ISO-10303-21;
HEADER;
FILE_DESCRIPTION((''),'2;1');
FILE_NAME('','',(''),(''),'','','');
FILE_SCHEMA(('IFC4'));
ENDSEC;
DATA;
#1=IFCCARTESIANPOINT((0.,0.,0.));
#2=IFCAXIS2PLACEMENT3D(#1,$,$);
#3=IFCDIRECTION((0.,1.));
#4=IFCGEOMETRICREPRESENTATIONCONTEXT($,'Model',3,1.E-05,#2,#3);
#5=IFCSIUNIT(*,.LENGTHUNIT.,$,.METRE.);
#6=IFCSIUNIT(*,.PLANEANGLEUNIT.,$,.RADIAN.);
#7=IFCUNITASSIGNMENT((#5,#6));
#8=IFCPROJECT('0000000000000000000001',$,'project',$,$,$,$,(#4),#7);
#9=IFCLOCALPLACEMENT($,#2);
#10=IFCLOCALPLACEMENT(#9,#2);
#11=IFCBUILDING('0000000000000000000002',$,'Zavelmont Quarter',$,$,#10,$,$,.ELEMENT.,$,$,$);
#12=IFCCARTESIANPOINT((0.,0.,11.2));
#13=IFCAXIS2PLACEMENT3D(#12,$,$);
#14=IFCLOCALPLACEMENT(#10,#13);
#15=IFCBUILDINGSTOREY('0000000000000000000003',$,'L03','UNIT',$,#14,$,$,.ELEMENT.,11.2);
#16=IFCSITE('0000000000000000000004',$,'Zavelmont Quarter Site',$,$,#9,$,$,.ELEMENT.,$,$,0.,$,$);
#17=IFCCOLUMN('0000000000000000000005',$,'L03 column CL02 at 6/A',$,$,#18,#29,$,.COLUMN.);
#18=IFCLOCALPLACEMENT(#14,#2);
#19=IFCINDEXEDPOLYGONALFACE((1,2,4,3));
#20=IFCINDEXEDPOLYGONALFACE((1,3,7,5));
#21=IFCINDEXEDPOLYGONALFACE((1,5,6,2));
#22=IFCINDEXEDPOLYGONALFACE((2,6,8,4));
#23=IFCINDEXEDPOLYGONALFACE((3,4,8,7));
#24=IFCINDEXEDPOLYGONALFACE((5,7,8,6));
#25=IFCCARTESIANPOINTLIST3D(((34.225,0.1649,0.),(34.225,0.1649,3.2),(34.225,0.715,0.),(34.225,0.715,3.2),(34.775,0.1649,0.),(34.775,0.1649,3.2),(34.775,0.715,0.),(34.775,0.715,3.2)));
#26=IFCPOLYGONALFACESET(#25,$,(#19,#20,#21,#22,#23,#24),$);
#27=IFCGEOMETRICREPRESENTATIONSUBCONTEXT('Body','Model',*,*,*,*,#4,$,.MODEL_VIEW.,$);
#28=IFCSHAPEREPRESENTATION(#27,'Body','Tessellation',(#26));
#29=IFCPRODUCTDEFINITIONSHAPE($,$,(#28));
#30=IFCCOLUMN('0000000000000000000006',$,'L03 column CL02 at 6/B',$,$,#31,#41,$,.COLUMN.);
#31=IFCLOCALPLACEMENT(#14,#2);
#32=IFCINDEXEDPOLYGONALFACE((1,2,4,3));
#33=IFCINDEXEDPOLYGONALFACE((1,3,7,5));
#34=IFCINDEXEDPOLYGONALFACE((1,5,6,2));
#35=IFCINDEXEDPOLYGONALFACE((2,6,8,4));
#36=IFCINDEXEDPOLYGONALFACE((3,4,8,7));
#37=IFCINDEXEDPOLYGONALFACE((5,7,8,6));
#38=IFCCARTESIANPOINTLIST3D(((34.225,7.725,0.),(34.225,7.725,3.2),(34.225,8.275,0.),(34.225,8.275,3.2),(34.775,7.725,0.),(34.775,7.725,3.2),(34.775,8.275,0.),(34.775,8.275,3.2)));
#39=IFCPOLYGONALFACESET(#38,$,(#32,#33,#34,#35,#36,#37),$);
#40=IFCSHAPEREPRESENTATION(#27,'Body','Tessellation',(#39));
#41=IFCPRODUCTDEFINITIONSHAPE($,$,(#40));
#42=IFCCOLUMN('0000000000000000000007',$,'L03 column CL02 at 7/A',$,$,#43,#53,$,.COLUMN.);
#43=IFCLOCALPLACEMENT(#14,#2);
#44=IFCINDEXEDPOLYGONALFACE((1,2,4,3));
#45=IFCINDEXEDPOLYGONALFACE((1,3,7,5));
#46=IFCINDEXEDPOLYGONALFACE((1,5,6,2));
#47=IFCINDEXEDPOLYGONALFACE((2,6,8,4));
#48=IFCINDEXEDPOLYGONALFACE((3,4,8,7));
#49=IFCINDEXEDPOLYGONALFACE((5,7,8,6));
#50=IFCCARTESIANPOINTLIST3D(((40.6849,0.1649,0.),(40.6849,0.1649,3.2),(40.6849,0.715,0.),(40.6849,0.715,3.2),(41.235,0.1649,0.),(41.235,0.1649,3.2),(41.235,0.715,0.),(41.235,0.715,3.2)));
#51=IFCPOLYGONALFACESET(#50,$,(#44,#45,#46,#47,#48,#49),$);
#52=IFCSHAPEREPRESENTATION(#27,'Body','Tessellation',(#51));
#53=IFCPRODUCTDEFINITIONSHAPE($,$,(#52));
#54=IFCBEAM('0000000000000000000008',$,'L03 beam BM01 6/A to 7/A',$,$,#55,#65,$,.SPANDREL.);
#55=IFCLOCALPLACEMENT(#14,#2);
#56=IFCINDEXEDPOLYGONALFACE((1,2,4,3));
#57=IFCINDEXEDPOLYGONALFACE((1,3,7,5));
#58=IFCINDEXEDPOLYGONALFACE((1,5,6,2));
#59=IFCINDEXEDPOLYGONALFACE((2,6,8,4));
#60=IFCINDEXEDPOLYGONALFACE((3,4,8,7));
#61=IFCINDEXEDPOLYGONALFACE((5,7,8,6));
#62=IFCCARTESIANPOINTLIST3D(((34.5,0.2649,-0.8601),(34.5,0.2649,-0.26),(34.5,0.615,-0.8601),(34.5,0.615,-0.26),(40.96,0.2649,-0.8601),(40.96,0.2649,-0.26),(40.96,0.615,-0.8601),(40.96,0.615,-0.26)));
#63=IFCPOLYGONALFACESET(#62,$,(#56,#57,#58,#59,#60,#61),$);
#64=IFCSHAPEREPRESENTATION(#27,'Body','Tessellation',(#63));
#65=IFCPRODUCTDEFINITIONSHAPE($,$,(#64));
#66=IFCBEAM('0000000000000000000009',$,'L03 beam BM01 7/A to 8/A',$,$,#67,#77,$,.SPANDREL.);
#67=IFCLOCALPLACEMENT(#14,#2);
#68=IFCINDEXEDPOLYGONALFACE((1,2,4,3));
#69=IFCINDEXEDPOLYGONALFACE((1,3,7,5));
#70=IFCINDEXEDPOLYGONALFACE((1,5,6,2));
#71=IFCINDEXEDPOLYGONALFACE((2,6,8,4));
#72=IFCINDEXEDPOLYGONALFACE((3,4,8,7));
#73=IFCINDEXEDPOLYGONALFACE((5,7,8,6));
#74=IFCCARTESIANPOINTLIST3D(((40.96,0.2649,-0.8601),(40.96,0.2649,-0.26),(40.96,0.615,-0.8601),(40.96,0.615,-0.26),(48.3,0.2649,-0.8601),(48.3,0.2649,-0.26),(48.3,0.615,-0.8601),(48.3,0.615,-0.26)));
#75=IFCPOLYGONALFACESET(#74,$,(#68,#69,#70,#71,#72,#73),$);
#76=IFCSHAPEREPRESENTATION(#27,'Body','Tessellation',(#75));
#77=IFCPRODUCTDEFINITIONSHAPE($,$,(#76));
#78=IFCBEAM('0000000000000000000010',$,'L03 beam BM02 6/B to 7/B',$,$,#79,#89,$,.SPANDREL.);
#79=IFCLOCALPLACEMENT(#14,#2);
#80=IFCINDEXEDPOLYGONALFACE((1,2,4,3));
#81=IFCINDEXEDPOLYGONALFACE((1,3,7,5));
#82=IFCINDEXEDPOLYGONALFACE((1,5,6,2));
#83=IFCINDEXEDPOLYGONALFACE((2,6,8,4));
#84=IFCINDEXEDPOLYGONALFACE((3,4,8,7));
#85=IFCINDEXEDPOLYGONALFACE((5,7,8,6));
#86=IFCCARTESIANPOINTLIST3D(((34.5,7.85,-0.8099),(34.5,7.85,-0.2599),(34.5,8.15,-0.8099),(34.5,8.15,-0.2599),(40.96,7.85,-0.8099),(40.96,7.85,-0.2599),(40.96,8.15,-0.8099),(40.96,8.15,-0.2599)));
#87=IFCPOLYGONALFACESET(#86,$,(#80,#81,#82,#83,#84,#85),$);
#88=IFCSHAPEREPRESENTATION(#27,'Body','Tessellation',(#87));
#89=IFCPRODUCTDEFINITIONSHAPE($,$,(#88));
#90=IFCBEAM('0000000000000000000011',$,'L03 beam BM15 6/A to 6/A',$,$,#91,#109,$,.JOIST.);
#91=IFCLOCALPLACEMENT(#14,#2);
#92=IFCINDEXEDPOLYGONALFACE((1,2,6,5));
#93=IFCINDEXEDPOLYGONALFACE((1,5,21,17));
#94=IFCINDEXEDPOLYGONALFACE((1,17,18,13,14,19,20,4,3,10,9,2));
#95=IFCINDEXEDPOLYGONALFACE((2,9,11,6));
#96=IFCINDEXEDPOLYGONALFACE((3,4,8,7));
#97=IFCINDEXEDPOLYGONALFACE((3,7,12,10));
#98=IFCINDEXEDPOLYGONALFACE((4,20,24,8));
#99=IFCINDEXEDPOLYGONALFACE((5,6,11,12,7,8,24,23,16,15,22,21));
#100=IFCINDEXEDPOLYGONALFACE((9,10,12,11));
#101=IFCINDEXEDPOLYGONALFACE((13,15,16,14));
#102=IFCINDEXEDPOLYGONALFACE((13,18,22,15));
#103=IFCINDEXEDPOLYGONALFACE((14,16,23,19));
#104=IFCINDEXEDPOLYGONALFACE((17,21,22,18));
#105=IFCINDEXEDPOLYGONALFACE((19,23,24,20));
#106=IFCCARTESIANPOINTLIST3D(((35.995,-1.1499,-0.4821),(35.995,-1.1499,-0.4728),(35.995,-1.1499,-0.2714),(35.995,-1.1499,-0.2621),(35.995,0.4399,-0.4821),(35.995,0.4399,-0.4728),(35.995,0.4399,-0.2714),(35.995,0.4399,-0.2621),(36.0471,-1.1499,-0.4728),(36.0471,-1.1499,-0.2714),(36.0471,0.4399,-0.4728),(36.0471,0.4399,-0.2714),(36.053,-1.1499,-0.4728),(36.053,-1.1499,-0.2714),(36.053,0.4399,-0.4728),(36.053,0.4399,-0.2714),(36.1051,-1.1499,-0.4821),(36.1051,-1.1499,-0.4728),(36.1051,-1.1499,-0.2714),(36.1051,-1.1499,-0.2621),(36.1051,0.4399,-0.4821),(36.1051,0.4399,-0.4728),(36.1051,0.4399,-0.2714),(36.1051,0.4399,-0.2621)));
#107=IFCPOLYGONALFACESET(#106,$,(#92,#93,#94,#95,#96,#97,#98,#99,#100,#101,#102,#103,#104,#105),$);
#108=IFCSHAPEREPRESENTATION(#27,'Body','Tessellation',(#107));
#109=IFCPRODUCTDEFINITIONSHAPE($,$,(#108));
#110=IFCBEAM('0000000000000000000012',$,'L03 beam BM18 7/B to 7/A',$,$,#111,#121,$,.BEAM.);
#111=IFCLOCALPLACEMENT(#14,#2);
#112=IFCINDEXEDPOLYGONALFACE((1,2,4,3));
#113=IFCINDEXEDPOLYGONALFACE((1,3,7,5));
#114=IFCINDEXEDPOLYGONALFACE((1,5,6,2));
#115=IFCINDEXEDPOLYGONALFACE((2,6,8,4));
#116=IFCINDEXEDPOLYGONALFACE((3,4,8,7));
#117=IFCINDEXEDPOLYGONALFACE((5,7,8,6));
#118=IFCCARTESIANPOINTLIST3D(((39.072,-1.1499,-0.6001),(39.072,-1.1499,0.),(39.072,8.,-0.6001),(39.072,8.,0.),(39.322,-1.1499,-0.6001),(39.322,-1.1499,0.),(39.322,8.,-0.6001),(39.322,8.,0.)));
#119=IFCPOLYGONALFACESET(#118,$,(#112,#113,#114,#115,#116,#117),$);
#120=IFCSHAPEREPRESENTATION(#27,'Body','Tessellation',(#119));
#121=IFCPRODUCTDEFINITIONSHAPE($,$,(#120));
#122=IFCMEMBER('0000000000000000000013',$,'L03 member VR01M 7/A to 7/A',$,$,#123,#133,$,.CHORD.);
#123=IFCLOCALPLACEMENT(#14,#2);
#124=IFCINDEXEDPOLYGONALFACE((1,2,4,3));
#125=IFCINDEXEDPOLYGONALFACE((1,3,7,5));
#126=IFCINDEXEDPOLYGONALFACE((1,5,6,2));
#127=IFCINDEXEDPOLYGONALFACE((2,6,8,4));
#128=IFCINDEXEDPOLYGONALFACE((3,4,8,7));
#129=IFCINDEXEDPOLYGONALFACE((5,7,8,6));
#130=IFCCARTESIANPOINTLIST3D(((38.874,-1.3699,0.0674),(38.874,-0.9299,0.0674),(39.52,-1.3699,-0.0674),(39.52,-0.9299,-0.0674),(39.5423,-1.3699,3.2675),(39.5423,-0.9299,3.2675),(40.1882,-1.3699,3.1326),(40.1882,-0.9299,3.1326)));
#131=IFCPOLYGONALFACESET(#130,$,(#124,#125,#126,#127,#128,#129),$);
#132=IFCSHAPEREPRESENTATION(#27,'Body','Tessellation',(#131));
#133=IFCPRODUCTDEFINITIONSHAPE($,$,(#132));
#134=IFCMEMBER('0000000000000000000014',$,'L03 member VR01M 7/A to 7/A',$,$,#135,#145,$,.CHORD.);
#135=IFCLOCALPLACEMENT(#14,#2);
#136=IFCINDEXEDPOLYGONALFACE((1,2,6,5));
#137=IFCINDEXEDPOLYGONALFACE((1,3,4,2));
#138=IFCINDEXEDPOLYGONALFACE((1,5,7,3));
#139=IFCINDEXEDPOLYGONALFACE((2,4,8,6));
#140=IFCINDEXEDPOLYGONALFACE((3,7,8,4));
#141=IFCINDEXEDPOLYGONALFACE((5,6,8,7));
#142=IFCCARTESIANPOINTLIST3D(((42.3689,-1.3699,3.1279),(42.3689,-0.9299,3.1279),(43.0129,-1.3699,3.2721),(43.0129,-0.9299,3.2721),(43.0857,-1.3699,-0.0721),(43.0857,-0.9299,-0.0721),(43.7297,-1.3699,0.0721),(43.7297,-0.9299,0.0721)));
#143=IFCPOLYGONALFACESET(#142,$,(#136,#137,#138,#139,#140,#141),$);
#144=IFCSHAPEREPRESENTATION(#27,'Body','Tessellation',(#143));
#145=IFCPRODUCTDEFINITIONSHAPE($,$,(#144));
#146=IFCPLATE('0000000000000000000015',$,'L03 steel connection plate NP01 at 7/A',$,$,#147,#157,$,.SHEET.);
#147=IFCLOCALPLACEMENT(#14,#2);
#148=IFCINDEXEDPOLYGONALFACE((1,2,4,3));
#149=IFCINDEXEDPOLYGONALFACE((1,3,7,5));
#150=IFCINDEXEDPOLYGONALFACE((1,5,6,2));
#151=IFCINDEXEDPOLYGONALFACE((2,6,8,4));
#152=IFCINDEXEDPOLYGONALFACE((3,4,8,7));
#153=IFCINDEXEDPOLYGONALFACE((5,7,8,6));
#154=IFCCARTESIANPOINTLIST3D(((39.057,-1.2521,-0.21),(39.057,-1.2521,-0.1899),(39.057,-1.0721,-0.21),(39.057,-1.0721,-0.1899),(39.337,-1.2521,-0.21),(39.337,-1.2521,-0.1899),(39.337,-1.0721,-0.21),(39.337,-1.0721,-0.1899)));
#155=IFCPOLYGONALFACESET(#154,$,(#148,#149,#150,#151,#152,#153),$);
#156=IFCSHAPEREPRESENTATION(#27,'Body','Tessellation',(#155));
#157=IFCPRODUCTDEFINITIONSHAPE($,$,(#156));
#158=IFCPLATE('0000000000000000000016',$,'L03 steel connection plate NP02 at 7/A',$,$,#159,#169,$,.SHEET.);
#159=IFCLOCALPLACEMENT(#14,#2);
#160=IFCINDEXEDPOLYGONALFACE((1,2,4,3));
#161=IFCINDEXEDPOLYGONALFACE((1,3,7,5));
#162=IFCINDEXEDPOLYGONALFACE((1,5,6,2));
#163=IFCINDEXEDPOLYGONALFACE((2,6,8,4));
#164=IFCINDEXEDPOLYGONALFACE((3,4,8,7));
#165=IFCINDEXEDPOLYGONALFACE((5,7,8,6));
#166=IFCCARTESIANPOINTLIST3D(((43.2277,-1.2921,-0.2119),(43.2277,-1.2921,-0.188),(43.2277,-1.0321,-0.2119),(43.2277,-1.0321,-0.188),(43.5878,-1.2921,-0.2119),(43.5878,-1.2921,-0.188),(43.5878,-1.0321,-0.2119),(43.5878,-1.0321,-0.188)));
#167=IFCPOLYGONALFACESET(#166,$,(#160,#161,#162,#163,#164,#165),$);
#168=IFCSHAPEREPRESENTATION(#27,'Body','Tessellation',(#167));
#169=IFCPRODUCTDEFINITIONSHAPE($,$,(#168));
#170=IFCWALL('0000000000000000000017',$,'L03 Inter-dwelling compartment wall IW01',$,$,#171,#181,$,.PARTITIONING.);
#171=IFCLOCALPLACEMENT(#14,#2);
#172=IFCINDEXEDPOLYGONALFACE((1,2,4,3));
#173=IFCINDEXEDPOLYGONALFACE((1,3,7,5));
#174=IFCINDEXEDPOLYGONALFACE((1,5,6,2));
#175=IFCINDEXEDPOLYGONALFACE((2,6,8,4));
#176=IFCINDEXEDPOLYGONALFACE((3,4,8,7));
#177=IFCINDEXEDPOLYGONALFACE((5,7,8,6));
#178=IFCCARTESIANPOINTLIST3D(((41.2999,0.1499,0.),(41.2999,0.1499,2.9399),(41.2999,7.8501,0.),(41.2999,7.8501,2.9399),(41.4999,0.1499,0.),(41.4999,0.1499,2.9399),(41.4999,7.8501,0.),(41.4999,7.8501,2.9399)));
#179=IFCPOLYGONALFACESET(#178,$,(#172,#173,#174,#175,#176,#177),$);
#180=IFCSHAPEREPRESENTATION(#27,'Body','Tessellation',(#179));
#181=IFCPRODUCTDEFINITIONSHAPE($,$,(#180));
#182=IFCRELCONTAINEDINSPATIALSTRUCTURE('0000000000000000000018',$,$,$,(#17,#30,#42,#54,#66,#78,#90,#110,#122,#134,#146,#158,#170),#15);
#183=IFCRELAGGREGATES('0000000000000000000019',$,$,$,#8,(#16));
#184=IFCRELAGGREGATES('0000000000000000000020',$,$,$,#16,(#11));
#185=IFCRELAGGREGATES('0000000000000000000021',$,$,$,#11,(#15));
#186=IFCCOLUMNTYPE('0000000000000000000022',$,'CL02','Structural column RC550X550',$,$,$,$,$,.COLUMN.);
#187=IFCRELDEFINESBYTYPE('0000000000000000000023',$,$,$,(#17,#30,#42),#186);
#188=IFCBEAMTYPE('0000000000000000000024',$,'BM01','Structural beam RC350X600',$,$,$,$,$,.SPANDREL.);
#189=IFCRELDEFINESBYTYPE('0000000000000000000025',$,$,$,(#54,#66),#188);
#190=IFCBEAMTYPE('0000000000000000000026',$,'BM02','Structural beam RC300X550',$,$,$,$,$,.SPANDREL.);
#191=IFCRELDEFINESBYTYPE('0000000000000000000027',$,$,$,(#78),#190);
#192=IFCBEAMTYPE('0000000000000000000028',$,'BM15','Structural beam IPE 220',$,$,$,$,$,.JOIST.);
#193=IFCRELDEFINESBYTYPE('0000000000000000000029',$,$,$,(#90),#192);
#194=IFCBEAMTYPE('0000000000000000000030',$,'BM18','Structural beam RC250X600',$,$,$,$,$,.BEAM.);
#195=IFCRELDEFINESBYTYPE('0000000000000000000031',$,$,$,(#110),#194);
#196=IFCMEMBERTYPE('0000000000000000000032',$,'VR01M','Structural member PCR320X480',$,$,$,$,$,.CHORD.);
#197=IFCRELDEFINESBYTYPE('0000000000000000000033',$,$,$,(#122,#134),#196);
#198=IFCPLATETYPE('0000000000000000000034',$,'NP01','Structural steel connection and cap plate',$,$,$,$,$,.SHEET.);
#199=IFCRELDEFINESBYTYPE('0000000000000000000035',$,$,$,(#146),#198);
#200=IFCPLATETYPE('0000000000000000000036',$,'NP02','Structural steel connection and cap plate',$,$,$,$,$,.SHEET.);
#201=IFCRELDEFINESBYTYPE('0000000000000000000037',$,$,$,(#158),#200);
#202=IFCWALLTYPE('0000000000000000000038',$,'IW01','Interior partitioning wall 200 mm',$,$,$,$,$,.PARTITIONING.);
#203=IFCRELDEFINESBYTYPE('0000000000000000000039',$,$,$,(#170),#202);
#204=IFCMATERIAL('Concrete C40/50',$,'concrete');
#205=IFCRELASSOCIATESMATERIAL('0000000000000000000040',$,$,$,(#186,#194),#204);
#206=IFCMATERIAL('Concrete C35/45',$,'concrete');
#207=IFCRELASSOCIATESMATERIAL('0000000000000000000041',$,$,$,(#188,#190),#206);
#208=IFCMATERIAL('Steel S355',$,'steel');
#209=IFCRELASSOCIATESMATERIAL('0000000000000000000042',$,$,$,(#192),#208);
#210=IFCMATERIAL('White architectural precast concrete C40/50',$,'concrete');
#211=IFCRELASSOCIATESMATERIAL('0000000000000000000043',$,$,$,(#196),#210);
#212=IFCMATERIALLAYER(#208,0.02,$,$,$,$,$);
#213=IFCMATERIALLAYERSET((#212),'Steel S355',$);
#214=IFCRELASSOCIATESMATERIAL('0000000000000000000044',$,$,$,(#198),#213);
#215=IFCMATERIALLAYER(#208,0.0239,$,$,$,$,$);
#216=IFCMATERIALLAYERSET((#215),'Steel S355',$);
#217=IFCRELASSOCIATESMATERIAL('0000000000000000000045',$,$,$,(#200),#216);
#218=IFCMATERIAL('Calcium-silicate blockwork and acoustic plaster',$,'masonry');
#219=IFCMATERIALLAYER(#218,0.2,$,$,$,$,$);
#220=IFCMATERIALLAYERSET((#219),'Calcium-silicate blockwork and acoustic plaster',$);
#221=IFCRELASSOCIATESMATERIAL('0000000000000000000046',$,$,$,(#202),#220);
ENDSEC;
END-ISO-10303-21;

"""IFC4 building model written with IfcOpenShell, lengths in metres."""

from ifc_helpers import new_model, si_unit, direction, frame, frame_2d, origin, origin_2d, place, context, subcontext, project, spatial, rectangle, i_section, extrude, material, layer, layer_set, material_profile, profile_set, type_object, element, save


model = new_model("IFC4")

# Units and contexts
model_context = context("Model", 3, precision=1e-05, world=origin(), true_north=direction((0.0, 1.0)))
body_context = subcontext(model_context, "Body", "Model", "MODEL_VIEW")
ifc_project = project(units=[si_unit("LENGTHUNIT", "METRE"), si_unit("PLANEANGLEUNIT", "RADIAN")], contexts=[model_context])

# Site, building, storey
site_placement = place(None, origin())
site = spatial("IfcSite", under=ifc_project, at=site_placement, Name="Zavelmont Quarter Site", CompositionType="ELEMENT", RefElevation=0.0)
building_placement = place(site_placement, origin())
building = spatial("IfcBuilding", under=site, at=building_placement, Name="Zavelmont Quarter", CompositionType="ELEMENT")
storey_placement = place(building_placement, frame((0.0, 0.0, 11.2)))
storey = spatial("IfcBuildingStorey", under=building, at=storey_placement, Name="L03", Description="UNIT", CompositionType="ELEMENT", Elevation=11.2)

# Columns
ifc_material_1 = material(Name="Concrete C40/50", Category="concrete")
ifc_material_profile_1 = material_profile(ifc_material_1, rectangle(XDim=0.55, YDim=0.55, at=origin_2d()), Name="RC550X550")
ifc_profile_set_1 = profile_set([ifc_material_profile_1], Name="Concrete C40/50")
column_type = type_object("IfcColumnType", Name="CL02", Description="Structural column RC550X550", PredefinedType="COLUMN", material=ifc_profile_set_1)
for number, where, z_axis, x_axis, name in (
    (1, (34.5, 0.4399, 0.0), (0.0, 0.0, 1.0), (1.0, 0.0, 0.0), "L03 column CL02 at 6/A"),
    (2, (34.5, 8.0, 0.0), (0.0, 0.0, 1.0), (1.0, 0.0, 0.0), "L03 column CL02 at 6/B"),
    (3, (40.96, 0.4399, 0.0), (0.0, 0.0, 1.0), (1.0, 0.0, 0.0), "L03 column CL02 at 7/A"),
):
    element("IfcColumn", number, at=place(storey_placement, frame(where, z_axis=z_axis, x_axis=x_axis)), inside=storey, type_object=column_type, Name=name, PredefinedType="COLUMN", context=body_context, shape_type="SweptSolid", body=[
        extrude(rectangle(XDim=0.55, YDim=0.55, at=origin_2d()), origin(), (0.0, 0.0, 1.0), 3.2),
    ])

# Beams
ifc_material_2 = material(Name="Concrete C35/45", Category="concrete")
ifc_material_profile_2 = material_profile(ifc_material_2, rectangle(XDim=0.3501, YDim=0.6001, at=origin_2d()), Name="RC350X600")
ifc_profile_set_2 = profile_set([ifc_material_profile_2], Name="Concrete C35/45")
beam_type_1 = type_object("IfcBeamType", Name="BM01", Description="Structural beam RC350X600", PredefinedType="SPANDREL", material=ifc_profile_set_2)
beam_1_placement = place(storey_placement, frame((34.5, 0.4399, -0.5601), z_axis=(1.0, 0.0, 0.0), x_axis=(0.0, 1.0, 0.0)))
element("IfcBeam", 4, at=beam_1_placement, inside=storey, type_object=beam_type_1, Name="L03 beam BM01 6/A to 7/A", PredefinedType="SPANDREL", context=body_context, shape_type="SweptSolid", body=[
    extrude(rectangle(XDim=0.3501, YDim=0.6001, at=origin_2d()), origin(), (0.0, 0.0, 1.0), 6.46),
])
beam_2_placement = place(storey_placement, frame((40.96, 0.4399, -0.5601), z_axis=(1.0, 0.0, 0.0), x_axis=(0.0, 1.0, 0.0)))
element("IfcBeam", 5, at=beam_2_placement, inside=storey, type_object=beam_type_1, Name="L03 beam BM01 7/A to 8/A", PredefinedType="SPANDREL", context=body_context, shape_type="SweptSolid", body=[
    extrude(rectangle(XDim=0.3501, YDim=0.6001, at=origin_2d()), origin(), (0.0, 0.0, 1.0), 7.3401),
])
ifc_material_profile_3 = material_profile(ifc_material_2, rectangle(XDim=0.3, YDim=0.55, at=origin_2d()), Name="RC300X550")
ifc_profile_set_3 = profile_set([ifc_material_profile_3], Name="Concrete C35/45")
beam_type_2 = type_object("IfcBeamType", Name="BM02", Description="Structural beam RC300X550", PredefinedType="SPANDREL", material=ifc_profile_set_3)
beam_3_placement = place(storey_placement, frame((34.5, 8.0, -0.5349), z_axis=(1.0, 0.0, 0.0), x_axis=(0.0, 1.0, 0.0)))
element("IfcBeam", 6, at=beam_3_placement, inside=storey, type_object=beam_type_2, Name="L03 beam BM02 6/B to 7/B", PredefinedType="SPANDREL", context=body_context, shape_type="SweptSolid", body=[
    extrude(rectangle(XDim=0.3, YDim=0.55, at=origin_2d()), origin(), (0.0, 0.0, 1.0), 6.46),
])
ifc_material_3 = material(Name="Steel S355", Category="steel")
ifc_material_profile_4 = material_profile(ifc_material_3, i_section(OverallWidth=0.1101, OverallDepth=0.22, WebThickness=0.0059, FlangeThickness=0.0093, at=origin_2d()), Name="IPE 220")
ifc_profile_set_4 = profile_set([ifc_material_profile_4], Name="Steel S355")
beam_type_3 = type_object("IfcBeamType", Name="BM15", Description="Structural beam IPE 220", PredefinedType="JOIST", material=ifc_profile_set_4)
beam_4_placement = place(storey_placement, frame((36.05, 0.4399, -0.3721), z_axis=(0.0, -1.0, 0.0), x_axis=(1.0, 0.0, 0.0)))
element("IfcBeam", 7, at=beam_4_placement, inside=storey, type_object=beam_type_3, Name="L03 beam BM15 6/A to 6/A", PredefinedType="JOIST", context=body_context, shape_type="SweptSolid", body=[
    extrude(i_section(OverallWidth=0.1101, OverallDepth=0.22, WebThickness=0.0059, FlangeThickness=0.0093, at=origin_2d()), origin(), (0.0, 0.0, 1.0), 1.5898),
])
ifc_material_profile_5 = material_profile(ifc_material_1, rectangle(XDim=0.25, YDim=0.6001, at=origin_2d()), Name="RC250X600")
ifc_profile_set_5 = profile_set([ifc_material_profile_5], Name="Concrete C40/50")
beam_type_4 = type_object("IfcBeamType", Name="BM18", Description="Structural beam RC250X600", PredefinedType="BEAM", material=ifc_profile_set_5)
beam_5_placement = place(storey_placement, frame((39.197, 8.0, -0.3), z_axis=(0.0, -1.0, 0.0), x_axis=(1.0, 0.0, 0.0)))
element("IfcBeam", 8, at=beam_5_placement, inside=storey, type_object=beam_type_4, Name="L03 beam BM18 7/B to 7/A", PredefinedType="BEAM", context=body_context, shape_type="SweptSolid", body=[
    extrude(rectangle(XDim=0.25, YDim=0.6001, at=origin_2d()), origin(), (0.0, 0.0, 1.0), 9.1499),
])

# Members
ifc_material_4 = material(Name="White architectural precast concrete C40/50", Category="concrete")
ifc_material_profile_6 = material_profile(ifc_material_4, rectangle(XDim=0.4399, YDim=0.6599, at=origin_2d()), Name="PCR320X480")
ifc_profile_set_6 = profile_set([ifc_material_profile_6], Name="White architectural precast concrete C40/50")
member_type = type_object("IfcMemberType", Name="VR01M", Description="Structural member PCR320X480", PredefinedType="CHORD", material=ifc_profile_set_6)
member_1_placement = place(storey_placement, frame((39.197, -1.1499, 0.0), z_axis=(0.204411, 0.0, 0.978885), x_axis=(0.0, 1.0, 0.0)))
element("IfcMember", 9, at=member_1_placement, inside=storey, type_object=member_type, Name="L03 member VR01M 7/A to 7/A", PredefinedType="CHORD", context=body_context, shape_type="SweptSolid", body=[
    extrude(rectangle(XDim=0.4399, YDim=0.6599, at=origin_2d()), origin(), (0.0, 0.0, 1.0), 3.269),
])
member_2_placement = place(storey_placement, frame((43.4077, -1.1499, 0.0), z_axis=(-0.218586, 0.0, 0.975818), x_axis=(0.0, -1.0, 0.0)))
element("IfcMember", 10, at=member_2_placement, inside=storey, type_object=member_type, Name="L03 member VR01M 7/A to 7/A", PredefinedType="CHORD", context=body_context, shape_type="SweptSolid", body=[
    extrude(rectangle(XDim=0.4399, YDim=0.6599, at=origin_2d()), origin(), (0.0, 0.0, 1.0), 3.2793),
])

# Plates
ifc_layer_1 = layer(ifc_material_3, 0.02)
ifc_layer_set_1 = layer_set([ifc_layer_1], Name="Steel S355")
plate_type_1 = type_object("IfcPlateType", Name="NP01", Description="Structural steel connection and cap plate", PredefinedType="SHEET", material=ifc_layer_set_1)
plate_1_placement = place(storey_placement, frame((39.197, -1.1621, -0.21), z_axis=(0.0, 0.0, 1.0), x_axis=(1.0, 0.0, 0.0)))
element("IfcPlate", 11, at=plate_1_placement, inside=storey, type_object=plate_type_1, Name="L03 steel connection plate NP01 at 7/A", PredefinedType="SHEET", context=body_context, shape_type="SweptSolid", body=[
    extrude(rectangle(XDim=0.28, YDim=0.1799, at=origin_2d()), origin(), (0.0, 0.0, 1.0), 0.02),
])
ifc_layer_2 = layer(ifc_material_3, 0.0239)
ifc_layer_set_2 = layer_set([ifc_layer_2], Name="Steel S355")
plate_type_2 = type_object("IfcPlateType", Name="NP02", Description="Structural steel connection and cap plate", PredefinedType="SHEET", material=ifc_layer_set_2)
plate_2_placement = place(storey_placement, frame((43.4077, -1.1621, -0.2119), z_axis=(0.0, 0.0, 1.0), x_axis=(1.0, 0.0, 0.0)))
element("IfcPlate", 12, at=plate_2_placement, inside=storey, type_object=plate_type_2, Name="L03 steel connection plate NP02 at 7/A", PredefinedType="SHEET", context=body_context, shape_type="SweptSolid", body=[
    extrude(rectangle(XDim=0.3601, YDim=0.26, at=origin_2d()), origin(), (0.0, 0.0, 1.0), 0.0239),
])

# Wall
ifc_material_5 = material(Name="Calcium-silicate blockwork and acoustic plaster", Category="masonry")
ifc_layer_3 = layer(ifc_material_5, 0.2)
ifc_layer_set_3 = layer_set([ifc_layer_3], Name="Calcium-silicate blockwork and acoustic plaster")
wall_type_1 = type_object("IfcWallType", Name="IW01", Description="Interior partitioning wall 200 mm", PredefinedType="PARTITIONING", material=ifc_layer_set_3)
wall_1_placement = place(storey_placement, frame((41.3999, 7.8501, 0.0), z_axis=(0.0, 0.0, 1.0), x_axis=(0.0, -1.0, 0.0)))
element("IfcWall", 13, at=wall_1_placement, inside=storey, type_object=wall_type_1, Name="L03 Inter-dwelling compartment wall IW01", PredefinedType="PARTITIONING", context=body_context, shape_type="SweptSolid", body=[
    extrude(rectangle(XDim=7.7002, YDim=0.2, at=frame_2d((3.8501, 0.0))), origin(), (0.0, 0.0, 1.0), 2.9399),
])

save(model, "model.ifc")
